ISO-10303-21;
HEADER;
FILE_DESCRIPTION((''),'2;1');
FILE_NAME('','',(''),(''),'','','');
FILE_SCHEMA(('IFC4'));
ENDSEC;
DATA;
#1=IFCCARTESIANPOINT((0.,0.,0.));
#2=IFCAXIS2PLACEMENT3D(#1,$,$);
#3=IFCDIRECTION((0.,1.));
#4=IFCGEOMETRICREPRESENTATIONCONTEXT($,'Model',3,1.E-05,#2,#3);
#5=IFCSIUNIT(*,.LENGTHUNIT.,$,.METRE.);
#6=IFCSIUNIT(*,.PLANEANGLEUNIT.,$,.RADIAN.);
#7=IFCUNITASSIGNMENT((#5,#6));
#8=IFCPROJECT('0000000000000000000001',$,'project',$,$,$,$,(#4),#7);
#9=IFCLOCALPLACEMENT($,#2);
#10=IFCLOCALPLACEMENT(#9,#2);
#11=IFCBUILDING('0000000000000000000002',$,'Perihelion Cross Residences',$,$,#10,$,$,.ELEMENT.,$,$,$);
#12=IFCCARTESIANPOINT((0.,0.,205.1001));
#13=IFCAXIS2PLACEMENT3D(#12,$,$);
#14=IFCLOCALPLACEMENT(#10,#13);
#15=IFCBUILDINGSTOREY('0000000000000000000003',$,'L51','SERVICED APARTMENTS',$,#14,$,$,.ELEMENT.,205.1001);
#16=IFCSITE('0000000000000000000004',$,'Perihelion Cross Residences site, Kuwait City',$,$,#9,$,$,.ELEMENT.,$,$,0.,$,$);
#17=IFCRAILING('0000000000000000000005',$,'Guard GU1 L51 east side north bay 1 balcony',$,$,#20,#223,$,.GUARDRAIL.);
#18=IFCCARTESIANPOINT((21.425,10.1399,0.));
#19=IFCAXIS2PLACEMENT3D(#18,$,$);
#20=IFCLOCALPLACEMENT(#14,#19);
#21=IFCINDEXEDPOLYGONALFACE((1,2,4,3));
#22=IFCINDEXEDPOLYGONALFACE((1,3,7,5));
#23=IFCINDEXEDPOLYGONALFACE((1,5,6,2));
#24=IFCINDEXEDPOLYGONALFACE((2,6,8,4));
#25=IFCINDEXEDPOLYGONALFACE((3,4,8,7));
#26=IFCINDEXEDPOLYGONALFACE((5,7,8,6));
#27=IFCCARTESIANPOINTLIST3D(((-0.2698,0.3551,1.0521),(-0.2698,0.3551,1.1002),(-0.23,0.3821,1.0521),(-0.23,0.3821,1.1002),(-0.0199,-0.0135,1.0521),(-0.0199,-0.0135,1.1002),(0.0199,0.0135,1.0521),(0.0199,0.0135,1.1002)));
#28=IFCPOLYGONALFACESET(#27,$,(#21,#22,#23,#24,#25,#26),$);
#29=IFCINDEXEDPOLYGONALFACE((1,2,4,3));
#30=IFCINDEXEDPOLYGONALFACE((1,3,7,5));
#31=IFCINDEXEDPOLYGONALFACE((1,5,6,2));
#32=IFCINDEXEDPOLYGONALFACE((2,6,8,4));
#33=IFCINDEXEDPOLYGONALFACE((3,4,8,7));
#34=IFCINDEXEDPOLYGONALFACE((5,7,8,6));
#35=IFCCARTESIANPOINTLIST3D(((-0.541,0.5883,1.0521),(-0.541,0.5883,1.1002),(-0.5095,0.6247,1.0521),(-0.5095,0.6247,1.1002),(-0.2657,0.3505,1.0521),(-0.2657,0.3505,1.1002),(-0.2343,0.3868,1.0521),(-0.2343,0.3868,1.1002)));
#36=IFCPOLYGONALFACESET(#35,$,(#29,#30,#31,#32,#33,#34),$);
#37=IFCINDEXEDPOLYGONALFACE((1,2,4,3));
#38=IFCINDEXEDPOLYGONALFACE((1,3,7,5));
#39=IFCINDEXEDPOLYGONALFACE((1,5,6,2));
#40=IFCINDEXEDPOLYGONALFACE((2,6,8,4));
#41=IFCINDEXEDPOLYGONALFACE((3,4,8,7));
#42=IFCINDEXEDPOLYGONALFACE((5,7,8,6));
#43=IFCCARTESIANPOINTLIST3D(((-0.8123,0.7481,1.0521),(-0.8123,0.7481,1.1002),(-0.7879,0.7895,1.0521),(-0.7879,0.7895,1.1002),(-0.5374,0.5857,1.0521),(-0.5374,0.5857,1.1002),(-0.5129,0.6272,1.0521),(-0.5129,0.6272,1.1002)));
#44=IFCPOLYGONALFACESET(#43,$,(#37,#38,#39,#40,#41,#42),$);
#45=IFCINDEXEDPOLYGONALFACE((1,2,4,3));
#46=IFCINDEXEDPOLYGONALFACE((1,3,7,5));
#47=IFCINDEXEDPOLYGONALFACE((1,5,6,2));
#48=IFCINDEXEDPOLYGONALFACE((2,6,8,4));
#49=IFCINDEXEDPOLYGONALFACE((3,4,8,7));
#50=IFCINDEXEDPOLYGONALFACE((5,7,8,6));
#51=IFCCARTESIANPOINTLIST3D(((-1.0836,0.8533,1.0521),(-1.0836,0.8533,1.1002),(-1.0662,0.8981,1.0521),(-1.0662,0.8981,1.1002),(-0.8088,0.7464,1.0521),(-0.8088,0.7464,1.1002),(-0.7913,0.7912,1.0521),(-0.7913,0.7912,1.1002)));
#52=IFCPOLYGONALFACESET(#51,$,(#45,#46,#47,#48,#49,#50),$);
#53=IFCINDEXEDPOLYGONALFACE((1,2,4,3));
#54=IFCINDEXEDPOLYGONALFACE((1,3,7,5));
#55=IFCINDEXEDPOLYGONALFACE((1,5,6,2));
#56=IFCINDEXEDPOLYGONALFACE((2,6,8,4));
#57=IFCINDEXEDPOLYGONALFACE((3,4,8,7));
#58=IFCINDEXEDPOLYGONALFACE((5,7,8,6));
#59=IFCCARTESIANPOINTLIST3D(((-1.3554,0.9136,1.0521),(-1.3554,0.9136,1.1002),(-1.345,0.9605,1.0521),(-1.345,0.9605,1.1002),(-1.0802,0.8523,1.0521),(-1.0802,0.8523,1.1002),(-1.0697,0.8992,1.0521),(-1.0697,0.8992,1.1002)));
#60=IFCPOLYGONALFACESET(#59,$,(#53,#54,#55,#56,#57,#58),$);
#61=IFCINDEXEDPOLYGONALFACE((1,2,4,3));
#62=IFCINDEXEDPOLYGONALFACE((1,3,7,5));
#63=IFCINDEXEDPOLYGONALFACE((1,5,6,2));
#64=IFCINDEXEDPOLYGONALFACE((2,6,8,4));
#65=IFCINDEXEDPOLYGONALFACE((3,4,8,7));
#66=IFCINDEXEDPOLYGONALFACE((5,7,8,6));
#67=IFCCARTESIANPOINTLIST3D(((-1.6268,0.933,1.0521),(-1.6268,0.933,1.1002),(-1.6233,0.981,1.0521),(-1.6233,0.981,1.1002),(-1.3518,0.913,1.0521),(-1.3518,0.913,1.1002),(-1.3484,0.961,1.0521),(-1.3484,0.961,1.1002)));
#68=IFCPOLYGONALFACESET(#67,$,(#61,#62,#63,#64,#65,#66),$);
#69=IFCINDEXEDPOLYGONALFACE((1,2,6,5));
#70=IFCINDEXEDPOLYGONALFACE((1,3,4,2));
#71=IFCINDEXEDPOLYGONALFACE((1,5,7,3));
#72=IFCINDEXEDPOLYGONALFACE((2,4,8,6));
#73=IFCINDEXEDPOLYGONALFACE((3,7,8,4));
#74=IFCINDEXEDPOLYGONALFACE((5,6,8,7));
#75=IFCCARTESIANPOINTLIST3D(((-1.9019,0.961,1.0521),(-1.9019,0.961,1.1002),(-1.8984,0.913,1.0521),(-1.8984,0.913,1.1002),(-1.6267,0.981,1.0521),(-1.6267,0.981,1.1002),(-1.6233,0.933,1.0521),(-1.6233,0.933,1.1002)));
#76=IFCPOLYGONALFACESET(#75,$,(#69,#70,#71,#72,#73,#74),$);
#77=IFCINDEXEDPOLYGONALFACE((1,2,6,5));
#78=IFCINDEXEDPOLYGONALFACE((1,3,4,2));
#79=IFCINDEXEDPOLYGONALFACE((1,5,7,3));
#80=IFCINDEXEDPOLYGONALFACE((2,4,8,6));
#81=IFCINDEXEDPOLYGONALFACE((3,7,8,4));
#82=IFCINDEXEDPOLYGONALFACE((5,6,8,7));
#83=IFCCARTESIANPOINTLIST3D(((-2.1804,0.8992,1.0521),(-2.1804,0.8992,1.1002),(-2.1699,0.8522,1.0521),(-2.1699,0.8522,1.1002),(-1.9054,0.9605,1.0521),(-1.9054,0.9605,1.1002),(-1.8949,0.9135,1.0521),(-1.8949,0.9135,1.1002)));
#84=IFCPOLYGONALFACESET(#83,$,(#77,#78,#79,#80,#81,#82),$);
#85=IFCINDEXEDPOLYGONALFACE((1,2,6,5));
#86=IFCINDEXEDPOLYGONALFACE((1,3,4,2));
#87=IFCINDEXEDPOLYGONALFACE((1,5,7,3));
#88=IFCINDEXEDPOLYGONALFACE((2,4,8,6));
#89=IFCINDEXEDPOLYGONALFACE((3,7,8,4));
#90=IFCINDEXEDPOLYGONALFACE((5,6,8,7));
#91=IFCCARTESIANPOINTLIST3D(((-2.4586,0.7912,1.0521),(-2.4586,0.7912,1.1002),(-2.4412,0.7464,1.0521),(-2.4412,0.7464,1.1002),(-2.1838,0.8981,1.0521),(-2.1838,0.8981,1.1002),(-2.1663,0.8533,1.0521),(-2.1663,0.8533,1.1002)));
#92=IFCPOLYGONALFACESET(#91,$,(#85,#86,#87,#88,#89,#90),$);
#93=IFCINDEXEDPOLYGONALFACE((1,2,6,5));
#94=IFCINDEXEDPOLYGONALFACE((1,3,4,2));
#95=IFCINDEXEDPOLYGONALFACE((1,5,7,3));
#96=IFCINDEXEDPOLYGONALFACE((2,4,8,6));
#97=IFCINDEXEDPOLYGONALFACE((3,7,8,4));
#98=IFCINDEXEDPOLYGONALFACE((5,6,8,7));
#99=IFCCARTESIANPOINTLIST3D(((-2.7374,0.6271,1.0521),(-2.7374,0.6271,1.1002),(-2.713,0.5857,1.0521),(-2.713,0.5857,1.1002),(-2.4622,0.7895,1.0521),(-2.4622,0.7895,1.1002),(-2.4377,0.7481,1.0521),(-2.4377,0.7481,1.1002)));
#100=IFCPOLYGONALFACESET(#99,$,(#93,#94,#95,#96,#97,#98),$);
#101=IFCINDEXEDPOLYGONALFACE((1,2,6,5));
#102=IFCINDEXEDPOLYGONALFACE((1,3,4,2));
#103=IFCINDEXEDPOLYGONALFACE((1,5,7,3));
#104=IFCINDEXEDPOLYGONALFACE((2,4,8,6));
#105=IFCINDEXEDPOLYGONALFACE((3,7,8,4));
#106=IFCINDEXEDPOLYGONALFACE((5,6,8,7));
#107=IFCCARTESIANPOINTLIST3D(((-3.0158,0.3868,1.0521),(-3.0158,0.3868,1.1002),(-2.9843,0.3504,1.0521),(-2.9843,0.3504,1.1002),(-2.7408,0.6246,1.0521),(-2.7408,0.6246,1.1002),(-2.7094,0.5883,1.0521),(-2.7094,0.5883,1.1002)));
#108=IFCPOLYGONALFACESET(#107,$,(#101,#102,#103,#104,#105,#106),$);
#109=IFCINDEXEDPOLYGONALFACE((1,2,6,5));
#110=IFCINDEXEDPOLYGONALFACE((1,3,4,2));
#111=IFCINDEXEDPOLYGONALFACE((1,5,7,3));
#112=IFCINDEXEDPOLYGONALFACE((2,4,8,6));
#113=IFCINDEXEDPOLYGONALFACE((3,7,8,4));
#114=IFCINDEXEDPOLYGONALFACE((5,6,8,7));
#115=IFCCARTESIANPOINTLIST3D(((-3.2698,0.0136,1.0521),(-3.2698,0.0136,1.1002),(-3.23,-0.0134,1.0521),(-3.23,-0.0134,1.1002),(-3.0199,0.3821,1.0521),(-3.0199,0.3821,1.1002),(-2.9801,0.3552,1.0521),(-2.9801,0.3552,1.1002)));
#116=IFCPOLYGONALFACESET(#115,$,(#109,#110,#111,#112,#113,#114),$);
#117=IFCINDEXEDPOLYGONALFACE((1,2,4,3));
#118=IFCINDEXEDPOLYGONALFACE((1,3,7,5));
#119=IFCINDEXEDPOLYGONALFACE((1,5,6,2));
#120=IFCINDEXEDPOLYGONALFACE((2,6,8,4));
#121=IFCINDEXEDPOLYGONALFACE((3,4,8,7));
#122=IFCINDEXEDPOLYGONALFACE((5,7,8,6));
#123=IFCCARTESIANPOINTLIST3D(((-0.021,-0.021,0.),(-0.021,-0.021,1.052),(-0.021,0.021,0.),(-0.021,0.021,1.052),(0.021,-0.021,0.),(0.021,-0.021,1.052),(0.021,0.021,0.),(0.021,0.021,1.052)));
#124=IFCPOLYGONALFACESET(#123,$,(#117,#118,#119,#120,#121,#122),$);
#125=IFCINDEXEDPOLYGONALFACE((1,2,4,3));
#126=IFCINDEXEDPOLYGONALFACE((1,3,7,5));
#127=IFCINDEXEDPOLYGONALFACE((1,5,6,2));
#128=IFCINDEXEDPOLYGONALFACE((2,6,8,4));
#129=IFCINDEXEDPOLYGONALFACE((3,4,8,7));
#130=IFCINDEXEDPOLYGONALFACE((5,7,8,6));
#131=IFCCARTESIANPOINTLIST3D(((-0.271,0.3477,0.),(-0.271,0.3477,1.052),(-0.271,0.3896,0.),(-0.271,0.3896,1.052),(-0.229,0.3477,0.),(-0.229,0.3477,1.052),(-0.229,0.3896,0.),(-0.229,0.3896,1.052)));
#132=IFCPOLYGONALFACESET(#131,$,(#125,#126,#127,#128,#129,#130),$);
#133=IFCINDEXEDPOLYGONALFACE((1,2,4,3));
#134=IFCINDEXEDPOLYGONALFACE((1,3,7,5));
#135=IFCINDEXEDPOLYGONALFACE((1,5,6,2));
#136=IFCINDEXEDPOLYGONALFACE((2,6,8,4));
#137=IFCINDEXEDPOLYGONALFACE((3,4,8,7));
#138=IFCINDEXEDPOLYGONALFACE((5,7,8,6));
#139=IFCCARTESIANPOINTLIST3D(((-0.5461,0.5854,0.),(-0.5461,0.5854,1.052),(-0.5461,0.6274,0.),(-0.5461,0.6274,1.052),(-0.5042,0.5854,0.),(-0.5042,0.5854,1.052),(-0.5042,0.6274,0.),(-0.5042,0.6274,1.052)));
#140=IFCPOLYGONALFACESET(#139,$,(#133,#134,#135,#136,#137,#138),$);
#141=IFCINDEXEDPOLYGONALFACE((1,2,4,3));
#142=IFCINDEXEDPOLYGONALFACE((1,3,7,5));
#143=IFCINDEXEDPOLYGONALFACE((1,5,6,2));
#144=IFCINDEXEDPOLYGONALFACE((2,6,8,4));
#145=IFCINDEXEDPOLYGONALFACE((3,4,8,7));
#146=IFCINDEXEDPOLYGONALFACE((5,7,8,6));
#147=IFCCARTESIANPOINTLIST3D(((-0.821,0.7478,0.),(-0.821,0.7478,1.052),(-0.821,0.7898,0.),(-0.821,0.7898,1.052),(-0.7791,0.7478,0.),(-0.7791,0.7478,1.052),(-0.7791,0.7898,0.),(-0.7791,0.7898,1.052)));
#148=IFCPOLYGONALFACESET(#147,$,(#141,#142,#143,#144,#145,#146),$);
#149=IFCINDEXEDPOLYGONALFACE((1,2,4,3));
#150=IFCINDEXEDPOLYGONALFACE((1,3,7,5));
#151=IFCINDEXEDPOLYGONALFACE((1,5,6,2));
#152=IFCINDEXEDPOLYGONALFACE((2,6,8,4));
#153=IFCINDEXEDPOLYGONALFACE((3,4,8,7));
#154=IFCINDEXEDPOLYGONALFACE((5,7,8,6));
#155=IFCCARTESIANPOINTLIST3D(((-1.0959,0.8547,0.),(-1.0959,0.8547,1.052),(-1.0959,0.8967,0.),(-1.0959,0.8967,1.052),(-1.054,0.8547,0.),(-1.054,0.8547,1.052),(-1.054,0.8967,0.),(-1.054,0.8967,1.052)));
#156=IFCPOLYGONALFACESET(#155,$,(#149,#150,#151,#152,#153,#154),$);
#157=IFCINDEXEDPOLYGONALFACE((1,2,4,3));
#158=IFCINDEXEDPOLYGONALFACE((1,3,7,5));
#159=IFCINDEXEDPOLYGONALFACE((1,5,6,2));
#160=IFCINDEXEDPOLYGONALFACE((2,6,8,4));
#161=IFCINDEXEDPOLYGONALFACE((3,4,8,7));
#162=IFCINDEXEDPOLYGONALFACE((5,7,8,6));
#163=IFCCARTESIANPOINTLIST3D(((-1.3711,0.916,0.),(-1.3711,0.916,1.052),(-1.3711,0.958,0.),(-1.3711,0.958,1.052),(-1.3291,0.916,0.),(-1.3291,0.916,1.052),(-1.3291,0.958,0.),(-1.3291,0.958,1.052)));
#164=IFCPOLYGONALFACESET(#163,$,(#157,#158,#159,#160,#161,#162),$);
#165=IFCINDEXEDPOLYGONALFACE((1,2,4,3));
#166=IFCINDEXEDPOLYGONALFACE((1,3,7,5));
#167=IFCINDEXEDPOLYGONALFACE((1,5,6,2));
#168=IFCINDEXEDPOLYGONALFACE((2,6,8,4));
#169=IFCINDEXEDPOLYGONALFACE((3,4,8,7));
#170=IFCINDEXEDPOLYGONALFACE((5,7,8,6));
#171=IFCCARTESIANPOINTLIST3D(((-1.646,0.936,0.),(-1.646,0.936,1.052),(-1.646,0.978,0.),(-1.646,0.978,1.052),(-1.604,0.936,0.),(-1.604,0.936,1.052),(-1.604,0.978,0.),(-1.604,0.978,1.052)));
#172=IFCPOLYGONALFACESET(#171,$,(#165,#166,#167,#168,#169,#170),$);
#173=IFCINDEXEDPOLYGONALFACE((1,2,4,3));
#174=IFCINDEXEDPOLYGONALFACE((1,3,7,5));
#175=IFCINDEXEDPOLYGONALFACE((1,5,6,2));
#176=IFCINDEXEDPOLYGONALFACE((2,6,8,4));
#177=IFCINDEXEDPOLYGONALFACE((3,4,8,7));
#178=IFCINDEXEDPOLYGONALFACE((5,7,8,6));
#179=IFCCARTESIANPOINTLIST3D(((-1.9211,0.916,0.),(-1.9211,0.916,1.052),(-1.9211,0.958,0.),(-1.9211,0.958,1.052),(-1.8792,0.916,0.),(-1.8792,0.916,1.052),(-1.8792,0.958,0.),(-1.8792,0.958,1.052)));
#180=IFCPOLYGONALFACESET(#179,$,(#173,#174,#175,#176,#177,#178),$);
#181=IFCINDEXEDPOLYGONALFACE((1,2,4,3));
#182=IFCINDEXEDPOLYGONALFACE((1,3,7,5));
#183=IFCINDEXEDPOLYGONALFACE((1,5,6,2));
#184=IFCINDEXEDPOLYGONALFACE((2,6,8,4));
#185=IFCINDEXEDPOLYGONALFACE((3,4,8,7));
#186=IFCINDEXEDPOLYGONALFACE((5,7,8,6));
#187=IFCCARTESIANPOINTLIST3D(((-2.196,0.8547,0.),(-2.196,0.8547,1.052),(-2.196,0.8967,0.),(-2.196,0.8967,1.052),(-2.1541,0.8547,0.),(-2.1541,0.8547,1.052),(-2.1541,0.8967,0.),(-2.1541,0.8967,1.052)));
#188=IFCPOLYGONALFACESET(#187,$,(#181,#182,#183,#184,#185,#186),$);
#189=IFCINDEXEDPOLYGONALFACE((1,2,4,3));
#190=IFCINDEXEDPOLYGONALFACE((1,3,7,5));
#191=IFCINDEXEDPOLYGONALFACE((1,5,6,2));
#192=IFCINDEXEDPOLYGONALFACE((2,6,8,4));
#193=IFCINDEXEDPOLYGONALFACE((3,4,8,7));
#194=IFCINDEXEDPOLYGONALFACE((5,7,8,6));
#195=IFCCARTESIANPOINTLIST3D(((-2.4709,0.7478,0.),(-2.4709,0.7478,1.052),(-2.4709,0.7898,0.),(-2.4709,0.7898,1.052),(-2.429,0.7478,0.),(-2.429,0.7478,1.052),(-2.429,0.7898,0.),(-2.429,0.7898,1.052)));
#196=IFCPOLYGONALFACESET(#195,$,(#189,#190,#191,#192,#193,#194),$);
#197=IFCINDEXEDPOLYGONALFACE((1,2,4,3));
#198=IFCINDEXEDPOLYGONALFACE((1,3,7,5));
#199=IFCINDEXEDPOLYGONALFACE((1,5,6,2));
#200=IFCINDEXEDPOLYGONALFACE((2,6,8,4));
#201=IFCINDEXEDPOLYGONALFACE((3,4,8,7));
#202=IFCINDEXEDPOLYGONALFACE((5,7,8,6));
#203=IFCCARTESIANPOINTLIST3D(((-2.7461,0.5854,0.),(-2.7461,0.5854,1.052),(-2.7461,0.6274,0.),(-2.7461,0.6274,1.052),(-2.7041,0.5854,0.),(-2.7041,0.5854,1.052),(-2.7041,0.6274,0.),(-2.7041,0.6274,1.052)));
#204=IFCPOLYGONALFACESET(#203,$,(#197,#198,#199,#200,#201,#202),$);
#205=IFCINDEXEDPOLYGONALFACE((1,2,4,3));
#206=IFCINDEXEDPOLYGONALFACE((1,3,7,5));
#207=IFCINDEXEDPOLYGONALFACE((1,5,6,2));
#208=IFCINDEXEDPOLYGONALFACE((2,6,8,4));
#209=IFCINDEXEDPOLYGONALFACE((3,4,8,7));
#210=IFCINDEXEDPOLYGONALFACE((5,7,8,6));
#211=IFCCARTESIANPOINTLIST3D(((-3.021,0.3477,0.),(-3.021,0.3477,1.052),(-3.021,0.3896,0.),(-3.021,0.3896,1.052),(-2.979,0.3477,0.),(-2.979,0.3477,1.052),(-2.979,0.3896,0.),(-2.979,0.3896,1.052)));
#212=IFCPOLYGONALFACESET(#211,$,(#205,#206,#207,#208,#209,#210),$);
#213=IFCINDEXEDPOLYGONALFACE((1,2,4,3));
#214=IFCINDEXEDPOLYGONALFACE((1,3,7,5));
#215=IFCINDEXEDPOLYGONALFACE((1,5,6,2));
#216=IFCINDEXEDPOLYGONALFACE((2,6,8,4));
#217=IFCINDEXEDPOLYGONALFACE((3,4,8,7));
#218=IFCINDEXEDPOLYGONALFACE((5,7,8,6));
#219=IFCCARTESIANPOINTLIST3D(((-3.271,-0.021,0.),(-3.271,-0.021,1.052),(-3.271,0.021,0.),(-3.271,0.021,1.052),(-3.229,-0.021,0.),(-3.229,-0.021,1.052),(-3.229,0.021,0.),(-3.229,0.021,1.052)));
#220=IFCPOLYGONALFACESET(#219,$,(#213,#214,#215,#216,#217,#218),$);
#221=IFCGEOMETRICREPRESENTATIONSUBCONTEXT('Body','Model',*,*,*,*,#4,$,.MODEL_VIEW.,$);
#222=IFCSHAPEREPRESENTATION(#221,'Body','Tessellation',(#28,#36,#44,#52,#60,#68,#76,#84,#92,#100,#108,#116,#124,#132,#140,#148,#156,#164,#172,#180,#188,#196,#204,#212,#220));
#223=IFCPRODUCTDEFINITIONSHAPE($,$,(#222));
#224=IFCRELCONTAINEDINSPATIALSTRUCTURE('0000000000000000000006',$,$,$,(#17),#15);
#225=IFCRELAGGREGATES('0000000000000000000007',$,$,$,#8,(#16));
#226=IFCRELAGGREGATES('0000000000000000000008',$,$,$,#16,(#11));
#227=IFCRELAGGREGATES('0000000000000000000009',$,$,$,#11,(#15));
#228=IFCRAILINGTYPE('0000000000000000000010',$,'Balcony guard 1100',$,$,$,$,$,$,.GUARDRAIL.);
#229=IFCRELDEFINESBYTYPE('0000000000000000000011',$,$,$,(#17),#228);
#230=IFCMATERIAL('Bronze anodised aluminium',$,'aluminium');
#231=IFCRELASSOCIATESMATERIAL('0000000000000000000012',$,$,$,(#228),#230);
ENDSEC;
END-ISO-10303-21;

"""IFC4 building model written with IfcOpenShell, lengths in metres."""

from ifc_helpers import new_model, si_unit, direction, frame, origin, origin_2d, place, context, subcontext, project, spatial, rectangle, extrude, material, type_object, element, save


model = new_model("IFC4")

# Units and contexts
model_context = context("Model", 3, precision=1e-05, world=origin(), true_north=direction((0.0, 1.0)))
body_context = subcontext(model_context, "Body", "Model", "MODEL_VIEW")
ifc_project = project(units=[si_unit("LENGTHUNIT", "METRE"), si_unit("PLANEANGLEUNIT", "RADIAN")], contexts=[model_context])

# Site, building, storey
site_placement = place(None, origin())
site = spatial("IfcSite", under=ifc_project, at=site_placement, Name="Perihelion Cross Residences site, Kuwait City", CompositionType="ELEMENT", RefElevation=0.0)
building_placement = place(site_placement, origin())
building = spatial("IfcBuilding", under=site, at=building_placement, Name="Perihelion Cross Residences", CompositionType="ELEMENT")
storey_placement = place(building_placement, frame((0.0, 0.0, 205.1001)))
storey = spatial("IfcBuildingStorey", under=building, at=storey_placement, Name="L51", Description="SERVICED APARTMENTS", CompositionType="ELEMENT", Elevation=205.1001)

# Railing
ifc_material_1 = material(Name="Bronze anodised aluminium", Category="aluminium")
railing_type_1 = type_object("IfcRailingType", Name="Balcony guard 1100", PredefinedType="GUARDRAIL", material=ifc_material_1)
railing_1_placement = place(storey_placement, frame((21.425, 10.1399, 0.0)))
element("IfcRailing", 1, at=railing_1_placement, inside=storey, type_object=railing_type_1, Name="Guard GU1 L51 east side north bay 1 balcony", PredefinedType="GUARDRAIL", context=body_context, shape_type="SweptSolid", body=[
    extrude(rectangle(XDim=0.0481, YDim=0.0481, at=origin_2d()), frame((0.0, 0.0, 1.0762), z_axis=(-0.56126, 0.827639, 0.0), x_axis=(-0.827639, -0.56126, 0.0)), (0.0, 0.0, 1.0), 0.4453),
    extrude(rectangle(XDim=0.0481, YDim=0.0481, at=origin_2d()), frame((-0.25, 0.3687, 1.0762), z_axis=(-0.756597, 0.653882, 0.0), x_axis=(-0.653882, -0.756597, 0.0)), (0.0, 0.0, 1.0), 0.3638),
    extrude(rectangle(XDim=0.0481, YDim=0.0481, at=origin_2d()), frame((-0.5251, 0.6064, 1.0762), z_axis=(-0.861048, 0.508523, 0.0), x_axis=(-0.508523, -0.861048, 0.0)), (0.0, 0.0, 1.0), 0.3193),
    extrude(rectangle(XDim=0.0481, YDim=0.0481, at=origin_2d()), frame((-0.8, 0.7688, 1.0762), z_axis=(-0.931974, 0.362526, 0.0), x_axis=(-0.362526, -0.931974, 0.0)), (0.0, 0.0, 1.0), 0.2949),
    extrude(rectangle(XDim=0.0481, YDim=0.0481, at=origin_2d()), frame((-1.075, 0.8757, 1.0762), z_axis=(-0.976085, 0.217389, 0.0), x_axis=(-0.217389, -0.976085, 0.0)), (0.0, 0.0, 1.0), 0.282),
    extrude(rectangle(XDim=0.0481, YDim=0.0481, at=origin_2d()), frame((-1.3501, 0.937, 1.0762), z_axis=(-0.997359, 0.072632, 0.0), x_axis=(-0.072632, -0.997359, 0.0)), (0.0, 0.0, 1.0), 0.2756),
    extrude(rectangle(XDim=0.0481, YDim=0.0481, at=origin_2d()), frame((-1.625, 0.957, 1.0762), z_axis=(-0.997363, -0.072568, 0.0), x_axis=(0.072568, -0.997363, 0.0)), (0.0, 0.0, 1.0), 0.2759),
    extrude(rectangle(XDim=0.0481, YDim=0.0481, at=origin_2d()), frame((-1.9001, 0.937, 1.0762), z_axis=(-0.976044, -0.217573, 0.0), x_axis=(0.217573, -0.976044, 0.0)), (0.0, 0.0, 1.0), 0.2817),
    extrude(rectangle(XDim=0.0481, YDim=0.0481, at=origin_2d()), frame((-2.175, 0.8757, 1.0762), z_axis=(-0.931974, -0.362526, 0.0), x_axis=(0.362526, -0.931974, 0.0)), (0.0, 0.0, 1.0), 0.2949),
    extrude(rectangle(XDim=0.0481, YDim=0.0481, at=origin_2d()), frame((-2.45, 0.7688, 1.0762), z_axis=(-0.861246, -0.508189, 0.0), x_axis=(0.508189, -0.861246, 0.0)), (0.0, 0.0, 1.0), 0.3196),
    extrude(rectangle(XDim=0.0481, YDim=0.0481, at=origin_2d()), frame((-2.7251, 0.6064, 1.0762), z_axis=(-0.756309, -0.654214, 0.0), x_axis=(0.654214, -0.756309, 0.0)), (0.0, 0.0, 1.0), 0.3635),
    extrude(rectangle(XDim=0.0481, YDim=0.0481, at=origin_2d()), frame((-3.0, 0.3687, 1.0762), z_axis=(-0.56126, -0.827639, 0.0), x_axis=(0.827639, -0.56126, 0.0)), (0.0, 0.0, 1.0), 0.4453),
    extrude(rectangle(XDim=0.042, YDim=0.042, at=origin_2d()), origin(), (0.0, 0.0, 1.0), 1.052),
    extrude(rectangle(XDim=0.042, YDim=0.042, at=origin_2d()), frame((-0.25, 0.3687, 0.0)), (0.0, 0.0, 1.0), 1.052),
    extrude(rectangle(XDim=0.042, YDim=0.042, at=origin_2d()), frame((-0.5251, 0.6064, 0.0)), (0.0, 0.0, 1.0), 1.052),
    extrude(rectangle(XDim=0.042, YDim=0.042, at=origin_2d()), frame((-0.8, 0.7688, 0.0)), (0.0, 0.0, 1.0), 1.052),
    extrude(rectangle(XDim=0.042, YDim=0.042, at=origin_2d()), frame((-1.075, 0.8757, 0.0)), (0.0, 0.0, 1.0), 1.052),
    extrude(rectangle(XDim=0.042, YDim=0.042, at=origin_2d()), frame((-1.3501, 0.937, 0.0)), (0.0, 0.0, 1.0), 1.052),
    extrude(rectangle(XDim=0.042, YDim=0.042, at=origin_2d()), frame((-1.625, 0.957, 0.0)), (0.0, 0.0, 1.0), 1.052),
    extrude(rectangle(XDim=0.042, YDim=0.042, at=origin_2d()), frame((-1.9001, 0.937, 0.0)), (0.0, 0.0, 1.0), 1.052),
    extrude(rectangle(XDim=0.042, YDim=0.042, at=origin_2d()), frame((-2.175, 0.8757, 0.0)), (0.0, 0.0, 1.0), 1.052),
    extrude(rectangle(XDim=0.042, YDim=0.042, at=origin_2d()), frame((-2.45, 0.7688, 0.0)), (0.0, 0.0, 1.0), 1.052),
    extrude(rectangle(XDim=0.042, YDim=0.042, at=origin_2d()), frame((-2.7251, 0.6064, 0.0)), (0.0, 0.0, 1.0), 1.052),
    extrude(rectangle(XDim=0.042, YDim=0.042, at=origin_2d()), frame((-3.0, 0.3687, 0.0)), (0.0, 0.0, 1.0), 1.052),
    extrude(rectangle(XDim=0.042, YDim=0.042, at=origin_2d()), frame((-3.25, 0.0, 0.0)), (0.0, 0.0, 1.0), 1.052),
])

save(model, "model.ifc")
